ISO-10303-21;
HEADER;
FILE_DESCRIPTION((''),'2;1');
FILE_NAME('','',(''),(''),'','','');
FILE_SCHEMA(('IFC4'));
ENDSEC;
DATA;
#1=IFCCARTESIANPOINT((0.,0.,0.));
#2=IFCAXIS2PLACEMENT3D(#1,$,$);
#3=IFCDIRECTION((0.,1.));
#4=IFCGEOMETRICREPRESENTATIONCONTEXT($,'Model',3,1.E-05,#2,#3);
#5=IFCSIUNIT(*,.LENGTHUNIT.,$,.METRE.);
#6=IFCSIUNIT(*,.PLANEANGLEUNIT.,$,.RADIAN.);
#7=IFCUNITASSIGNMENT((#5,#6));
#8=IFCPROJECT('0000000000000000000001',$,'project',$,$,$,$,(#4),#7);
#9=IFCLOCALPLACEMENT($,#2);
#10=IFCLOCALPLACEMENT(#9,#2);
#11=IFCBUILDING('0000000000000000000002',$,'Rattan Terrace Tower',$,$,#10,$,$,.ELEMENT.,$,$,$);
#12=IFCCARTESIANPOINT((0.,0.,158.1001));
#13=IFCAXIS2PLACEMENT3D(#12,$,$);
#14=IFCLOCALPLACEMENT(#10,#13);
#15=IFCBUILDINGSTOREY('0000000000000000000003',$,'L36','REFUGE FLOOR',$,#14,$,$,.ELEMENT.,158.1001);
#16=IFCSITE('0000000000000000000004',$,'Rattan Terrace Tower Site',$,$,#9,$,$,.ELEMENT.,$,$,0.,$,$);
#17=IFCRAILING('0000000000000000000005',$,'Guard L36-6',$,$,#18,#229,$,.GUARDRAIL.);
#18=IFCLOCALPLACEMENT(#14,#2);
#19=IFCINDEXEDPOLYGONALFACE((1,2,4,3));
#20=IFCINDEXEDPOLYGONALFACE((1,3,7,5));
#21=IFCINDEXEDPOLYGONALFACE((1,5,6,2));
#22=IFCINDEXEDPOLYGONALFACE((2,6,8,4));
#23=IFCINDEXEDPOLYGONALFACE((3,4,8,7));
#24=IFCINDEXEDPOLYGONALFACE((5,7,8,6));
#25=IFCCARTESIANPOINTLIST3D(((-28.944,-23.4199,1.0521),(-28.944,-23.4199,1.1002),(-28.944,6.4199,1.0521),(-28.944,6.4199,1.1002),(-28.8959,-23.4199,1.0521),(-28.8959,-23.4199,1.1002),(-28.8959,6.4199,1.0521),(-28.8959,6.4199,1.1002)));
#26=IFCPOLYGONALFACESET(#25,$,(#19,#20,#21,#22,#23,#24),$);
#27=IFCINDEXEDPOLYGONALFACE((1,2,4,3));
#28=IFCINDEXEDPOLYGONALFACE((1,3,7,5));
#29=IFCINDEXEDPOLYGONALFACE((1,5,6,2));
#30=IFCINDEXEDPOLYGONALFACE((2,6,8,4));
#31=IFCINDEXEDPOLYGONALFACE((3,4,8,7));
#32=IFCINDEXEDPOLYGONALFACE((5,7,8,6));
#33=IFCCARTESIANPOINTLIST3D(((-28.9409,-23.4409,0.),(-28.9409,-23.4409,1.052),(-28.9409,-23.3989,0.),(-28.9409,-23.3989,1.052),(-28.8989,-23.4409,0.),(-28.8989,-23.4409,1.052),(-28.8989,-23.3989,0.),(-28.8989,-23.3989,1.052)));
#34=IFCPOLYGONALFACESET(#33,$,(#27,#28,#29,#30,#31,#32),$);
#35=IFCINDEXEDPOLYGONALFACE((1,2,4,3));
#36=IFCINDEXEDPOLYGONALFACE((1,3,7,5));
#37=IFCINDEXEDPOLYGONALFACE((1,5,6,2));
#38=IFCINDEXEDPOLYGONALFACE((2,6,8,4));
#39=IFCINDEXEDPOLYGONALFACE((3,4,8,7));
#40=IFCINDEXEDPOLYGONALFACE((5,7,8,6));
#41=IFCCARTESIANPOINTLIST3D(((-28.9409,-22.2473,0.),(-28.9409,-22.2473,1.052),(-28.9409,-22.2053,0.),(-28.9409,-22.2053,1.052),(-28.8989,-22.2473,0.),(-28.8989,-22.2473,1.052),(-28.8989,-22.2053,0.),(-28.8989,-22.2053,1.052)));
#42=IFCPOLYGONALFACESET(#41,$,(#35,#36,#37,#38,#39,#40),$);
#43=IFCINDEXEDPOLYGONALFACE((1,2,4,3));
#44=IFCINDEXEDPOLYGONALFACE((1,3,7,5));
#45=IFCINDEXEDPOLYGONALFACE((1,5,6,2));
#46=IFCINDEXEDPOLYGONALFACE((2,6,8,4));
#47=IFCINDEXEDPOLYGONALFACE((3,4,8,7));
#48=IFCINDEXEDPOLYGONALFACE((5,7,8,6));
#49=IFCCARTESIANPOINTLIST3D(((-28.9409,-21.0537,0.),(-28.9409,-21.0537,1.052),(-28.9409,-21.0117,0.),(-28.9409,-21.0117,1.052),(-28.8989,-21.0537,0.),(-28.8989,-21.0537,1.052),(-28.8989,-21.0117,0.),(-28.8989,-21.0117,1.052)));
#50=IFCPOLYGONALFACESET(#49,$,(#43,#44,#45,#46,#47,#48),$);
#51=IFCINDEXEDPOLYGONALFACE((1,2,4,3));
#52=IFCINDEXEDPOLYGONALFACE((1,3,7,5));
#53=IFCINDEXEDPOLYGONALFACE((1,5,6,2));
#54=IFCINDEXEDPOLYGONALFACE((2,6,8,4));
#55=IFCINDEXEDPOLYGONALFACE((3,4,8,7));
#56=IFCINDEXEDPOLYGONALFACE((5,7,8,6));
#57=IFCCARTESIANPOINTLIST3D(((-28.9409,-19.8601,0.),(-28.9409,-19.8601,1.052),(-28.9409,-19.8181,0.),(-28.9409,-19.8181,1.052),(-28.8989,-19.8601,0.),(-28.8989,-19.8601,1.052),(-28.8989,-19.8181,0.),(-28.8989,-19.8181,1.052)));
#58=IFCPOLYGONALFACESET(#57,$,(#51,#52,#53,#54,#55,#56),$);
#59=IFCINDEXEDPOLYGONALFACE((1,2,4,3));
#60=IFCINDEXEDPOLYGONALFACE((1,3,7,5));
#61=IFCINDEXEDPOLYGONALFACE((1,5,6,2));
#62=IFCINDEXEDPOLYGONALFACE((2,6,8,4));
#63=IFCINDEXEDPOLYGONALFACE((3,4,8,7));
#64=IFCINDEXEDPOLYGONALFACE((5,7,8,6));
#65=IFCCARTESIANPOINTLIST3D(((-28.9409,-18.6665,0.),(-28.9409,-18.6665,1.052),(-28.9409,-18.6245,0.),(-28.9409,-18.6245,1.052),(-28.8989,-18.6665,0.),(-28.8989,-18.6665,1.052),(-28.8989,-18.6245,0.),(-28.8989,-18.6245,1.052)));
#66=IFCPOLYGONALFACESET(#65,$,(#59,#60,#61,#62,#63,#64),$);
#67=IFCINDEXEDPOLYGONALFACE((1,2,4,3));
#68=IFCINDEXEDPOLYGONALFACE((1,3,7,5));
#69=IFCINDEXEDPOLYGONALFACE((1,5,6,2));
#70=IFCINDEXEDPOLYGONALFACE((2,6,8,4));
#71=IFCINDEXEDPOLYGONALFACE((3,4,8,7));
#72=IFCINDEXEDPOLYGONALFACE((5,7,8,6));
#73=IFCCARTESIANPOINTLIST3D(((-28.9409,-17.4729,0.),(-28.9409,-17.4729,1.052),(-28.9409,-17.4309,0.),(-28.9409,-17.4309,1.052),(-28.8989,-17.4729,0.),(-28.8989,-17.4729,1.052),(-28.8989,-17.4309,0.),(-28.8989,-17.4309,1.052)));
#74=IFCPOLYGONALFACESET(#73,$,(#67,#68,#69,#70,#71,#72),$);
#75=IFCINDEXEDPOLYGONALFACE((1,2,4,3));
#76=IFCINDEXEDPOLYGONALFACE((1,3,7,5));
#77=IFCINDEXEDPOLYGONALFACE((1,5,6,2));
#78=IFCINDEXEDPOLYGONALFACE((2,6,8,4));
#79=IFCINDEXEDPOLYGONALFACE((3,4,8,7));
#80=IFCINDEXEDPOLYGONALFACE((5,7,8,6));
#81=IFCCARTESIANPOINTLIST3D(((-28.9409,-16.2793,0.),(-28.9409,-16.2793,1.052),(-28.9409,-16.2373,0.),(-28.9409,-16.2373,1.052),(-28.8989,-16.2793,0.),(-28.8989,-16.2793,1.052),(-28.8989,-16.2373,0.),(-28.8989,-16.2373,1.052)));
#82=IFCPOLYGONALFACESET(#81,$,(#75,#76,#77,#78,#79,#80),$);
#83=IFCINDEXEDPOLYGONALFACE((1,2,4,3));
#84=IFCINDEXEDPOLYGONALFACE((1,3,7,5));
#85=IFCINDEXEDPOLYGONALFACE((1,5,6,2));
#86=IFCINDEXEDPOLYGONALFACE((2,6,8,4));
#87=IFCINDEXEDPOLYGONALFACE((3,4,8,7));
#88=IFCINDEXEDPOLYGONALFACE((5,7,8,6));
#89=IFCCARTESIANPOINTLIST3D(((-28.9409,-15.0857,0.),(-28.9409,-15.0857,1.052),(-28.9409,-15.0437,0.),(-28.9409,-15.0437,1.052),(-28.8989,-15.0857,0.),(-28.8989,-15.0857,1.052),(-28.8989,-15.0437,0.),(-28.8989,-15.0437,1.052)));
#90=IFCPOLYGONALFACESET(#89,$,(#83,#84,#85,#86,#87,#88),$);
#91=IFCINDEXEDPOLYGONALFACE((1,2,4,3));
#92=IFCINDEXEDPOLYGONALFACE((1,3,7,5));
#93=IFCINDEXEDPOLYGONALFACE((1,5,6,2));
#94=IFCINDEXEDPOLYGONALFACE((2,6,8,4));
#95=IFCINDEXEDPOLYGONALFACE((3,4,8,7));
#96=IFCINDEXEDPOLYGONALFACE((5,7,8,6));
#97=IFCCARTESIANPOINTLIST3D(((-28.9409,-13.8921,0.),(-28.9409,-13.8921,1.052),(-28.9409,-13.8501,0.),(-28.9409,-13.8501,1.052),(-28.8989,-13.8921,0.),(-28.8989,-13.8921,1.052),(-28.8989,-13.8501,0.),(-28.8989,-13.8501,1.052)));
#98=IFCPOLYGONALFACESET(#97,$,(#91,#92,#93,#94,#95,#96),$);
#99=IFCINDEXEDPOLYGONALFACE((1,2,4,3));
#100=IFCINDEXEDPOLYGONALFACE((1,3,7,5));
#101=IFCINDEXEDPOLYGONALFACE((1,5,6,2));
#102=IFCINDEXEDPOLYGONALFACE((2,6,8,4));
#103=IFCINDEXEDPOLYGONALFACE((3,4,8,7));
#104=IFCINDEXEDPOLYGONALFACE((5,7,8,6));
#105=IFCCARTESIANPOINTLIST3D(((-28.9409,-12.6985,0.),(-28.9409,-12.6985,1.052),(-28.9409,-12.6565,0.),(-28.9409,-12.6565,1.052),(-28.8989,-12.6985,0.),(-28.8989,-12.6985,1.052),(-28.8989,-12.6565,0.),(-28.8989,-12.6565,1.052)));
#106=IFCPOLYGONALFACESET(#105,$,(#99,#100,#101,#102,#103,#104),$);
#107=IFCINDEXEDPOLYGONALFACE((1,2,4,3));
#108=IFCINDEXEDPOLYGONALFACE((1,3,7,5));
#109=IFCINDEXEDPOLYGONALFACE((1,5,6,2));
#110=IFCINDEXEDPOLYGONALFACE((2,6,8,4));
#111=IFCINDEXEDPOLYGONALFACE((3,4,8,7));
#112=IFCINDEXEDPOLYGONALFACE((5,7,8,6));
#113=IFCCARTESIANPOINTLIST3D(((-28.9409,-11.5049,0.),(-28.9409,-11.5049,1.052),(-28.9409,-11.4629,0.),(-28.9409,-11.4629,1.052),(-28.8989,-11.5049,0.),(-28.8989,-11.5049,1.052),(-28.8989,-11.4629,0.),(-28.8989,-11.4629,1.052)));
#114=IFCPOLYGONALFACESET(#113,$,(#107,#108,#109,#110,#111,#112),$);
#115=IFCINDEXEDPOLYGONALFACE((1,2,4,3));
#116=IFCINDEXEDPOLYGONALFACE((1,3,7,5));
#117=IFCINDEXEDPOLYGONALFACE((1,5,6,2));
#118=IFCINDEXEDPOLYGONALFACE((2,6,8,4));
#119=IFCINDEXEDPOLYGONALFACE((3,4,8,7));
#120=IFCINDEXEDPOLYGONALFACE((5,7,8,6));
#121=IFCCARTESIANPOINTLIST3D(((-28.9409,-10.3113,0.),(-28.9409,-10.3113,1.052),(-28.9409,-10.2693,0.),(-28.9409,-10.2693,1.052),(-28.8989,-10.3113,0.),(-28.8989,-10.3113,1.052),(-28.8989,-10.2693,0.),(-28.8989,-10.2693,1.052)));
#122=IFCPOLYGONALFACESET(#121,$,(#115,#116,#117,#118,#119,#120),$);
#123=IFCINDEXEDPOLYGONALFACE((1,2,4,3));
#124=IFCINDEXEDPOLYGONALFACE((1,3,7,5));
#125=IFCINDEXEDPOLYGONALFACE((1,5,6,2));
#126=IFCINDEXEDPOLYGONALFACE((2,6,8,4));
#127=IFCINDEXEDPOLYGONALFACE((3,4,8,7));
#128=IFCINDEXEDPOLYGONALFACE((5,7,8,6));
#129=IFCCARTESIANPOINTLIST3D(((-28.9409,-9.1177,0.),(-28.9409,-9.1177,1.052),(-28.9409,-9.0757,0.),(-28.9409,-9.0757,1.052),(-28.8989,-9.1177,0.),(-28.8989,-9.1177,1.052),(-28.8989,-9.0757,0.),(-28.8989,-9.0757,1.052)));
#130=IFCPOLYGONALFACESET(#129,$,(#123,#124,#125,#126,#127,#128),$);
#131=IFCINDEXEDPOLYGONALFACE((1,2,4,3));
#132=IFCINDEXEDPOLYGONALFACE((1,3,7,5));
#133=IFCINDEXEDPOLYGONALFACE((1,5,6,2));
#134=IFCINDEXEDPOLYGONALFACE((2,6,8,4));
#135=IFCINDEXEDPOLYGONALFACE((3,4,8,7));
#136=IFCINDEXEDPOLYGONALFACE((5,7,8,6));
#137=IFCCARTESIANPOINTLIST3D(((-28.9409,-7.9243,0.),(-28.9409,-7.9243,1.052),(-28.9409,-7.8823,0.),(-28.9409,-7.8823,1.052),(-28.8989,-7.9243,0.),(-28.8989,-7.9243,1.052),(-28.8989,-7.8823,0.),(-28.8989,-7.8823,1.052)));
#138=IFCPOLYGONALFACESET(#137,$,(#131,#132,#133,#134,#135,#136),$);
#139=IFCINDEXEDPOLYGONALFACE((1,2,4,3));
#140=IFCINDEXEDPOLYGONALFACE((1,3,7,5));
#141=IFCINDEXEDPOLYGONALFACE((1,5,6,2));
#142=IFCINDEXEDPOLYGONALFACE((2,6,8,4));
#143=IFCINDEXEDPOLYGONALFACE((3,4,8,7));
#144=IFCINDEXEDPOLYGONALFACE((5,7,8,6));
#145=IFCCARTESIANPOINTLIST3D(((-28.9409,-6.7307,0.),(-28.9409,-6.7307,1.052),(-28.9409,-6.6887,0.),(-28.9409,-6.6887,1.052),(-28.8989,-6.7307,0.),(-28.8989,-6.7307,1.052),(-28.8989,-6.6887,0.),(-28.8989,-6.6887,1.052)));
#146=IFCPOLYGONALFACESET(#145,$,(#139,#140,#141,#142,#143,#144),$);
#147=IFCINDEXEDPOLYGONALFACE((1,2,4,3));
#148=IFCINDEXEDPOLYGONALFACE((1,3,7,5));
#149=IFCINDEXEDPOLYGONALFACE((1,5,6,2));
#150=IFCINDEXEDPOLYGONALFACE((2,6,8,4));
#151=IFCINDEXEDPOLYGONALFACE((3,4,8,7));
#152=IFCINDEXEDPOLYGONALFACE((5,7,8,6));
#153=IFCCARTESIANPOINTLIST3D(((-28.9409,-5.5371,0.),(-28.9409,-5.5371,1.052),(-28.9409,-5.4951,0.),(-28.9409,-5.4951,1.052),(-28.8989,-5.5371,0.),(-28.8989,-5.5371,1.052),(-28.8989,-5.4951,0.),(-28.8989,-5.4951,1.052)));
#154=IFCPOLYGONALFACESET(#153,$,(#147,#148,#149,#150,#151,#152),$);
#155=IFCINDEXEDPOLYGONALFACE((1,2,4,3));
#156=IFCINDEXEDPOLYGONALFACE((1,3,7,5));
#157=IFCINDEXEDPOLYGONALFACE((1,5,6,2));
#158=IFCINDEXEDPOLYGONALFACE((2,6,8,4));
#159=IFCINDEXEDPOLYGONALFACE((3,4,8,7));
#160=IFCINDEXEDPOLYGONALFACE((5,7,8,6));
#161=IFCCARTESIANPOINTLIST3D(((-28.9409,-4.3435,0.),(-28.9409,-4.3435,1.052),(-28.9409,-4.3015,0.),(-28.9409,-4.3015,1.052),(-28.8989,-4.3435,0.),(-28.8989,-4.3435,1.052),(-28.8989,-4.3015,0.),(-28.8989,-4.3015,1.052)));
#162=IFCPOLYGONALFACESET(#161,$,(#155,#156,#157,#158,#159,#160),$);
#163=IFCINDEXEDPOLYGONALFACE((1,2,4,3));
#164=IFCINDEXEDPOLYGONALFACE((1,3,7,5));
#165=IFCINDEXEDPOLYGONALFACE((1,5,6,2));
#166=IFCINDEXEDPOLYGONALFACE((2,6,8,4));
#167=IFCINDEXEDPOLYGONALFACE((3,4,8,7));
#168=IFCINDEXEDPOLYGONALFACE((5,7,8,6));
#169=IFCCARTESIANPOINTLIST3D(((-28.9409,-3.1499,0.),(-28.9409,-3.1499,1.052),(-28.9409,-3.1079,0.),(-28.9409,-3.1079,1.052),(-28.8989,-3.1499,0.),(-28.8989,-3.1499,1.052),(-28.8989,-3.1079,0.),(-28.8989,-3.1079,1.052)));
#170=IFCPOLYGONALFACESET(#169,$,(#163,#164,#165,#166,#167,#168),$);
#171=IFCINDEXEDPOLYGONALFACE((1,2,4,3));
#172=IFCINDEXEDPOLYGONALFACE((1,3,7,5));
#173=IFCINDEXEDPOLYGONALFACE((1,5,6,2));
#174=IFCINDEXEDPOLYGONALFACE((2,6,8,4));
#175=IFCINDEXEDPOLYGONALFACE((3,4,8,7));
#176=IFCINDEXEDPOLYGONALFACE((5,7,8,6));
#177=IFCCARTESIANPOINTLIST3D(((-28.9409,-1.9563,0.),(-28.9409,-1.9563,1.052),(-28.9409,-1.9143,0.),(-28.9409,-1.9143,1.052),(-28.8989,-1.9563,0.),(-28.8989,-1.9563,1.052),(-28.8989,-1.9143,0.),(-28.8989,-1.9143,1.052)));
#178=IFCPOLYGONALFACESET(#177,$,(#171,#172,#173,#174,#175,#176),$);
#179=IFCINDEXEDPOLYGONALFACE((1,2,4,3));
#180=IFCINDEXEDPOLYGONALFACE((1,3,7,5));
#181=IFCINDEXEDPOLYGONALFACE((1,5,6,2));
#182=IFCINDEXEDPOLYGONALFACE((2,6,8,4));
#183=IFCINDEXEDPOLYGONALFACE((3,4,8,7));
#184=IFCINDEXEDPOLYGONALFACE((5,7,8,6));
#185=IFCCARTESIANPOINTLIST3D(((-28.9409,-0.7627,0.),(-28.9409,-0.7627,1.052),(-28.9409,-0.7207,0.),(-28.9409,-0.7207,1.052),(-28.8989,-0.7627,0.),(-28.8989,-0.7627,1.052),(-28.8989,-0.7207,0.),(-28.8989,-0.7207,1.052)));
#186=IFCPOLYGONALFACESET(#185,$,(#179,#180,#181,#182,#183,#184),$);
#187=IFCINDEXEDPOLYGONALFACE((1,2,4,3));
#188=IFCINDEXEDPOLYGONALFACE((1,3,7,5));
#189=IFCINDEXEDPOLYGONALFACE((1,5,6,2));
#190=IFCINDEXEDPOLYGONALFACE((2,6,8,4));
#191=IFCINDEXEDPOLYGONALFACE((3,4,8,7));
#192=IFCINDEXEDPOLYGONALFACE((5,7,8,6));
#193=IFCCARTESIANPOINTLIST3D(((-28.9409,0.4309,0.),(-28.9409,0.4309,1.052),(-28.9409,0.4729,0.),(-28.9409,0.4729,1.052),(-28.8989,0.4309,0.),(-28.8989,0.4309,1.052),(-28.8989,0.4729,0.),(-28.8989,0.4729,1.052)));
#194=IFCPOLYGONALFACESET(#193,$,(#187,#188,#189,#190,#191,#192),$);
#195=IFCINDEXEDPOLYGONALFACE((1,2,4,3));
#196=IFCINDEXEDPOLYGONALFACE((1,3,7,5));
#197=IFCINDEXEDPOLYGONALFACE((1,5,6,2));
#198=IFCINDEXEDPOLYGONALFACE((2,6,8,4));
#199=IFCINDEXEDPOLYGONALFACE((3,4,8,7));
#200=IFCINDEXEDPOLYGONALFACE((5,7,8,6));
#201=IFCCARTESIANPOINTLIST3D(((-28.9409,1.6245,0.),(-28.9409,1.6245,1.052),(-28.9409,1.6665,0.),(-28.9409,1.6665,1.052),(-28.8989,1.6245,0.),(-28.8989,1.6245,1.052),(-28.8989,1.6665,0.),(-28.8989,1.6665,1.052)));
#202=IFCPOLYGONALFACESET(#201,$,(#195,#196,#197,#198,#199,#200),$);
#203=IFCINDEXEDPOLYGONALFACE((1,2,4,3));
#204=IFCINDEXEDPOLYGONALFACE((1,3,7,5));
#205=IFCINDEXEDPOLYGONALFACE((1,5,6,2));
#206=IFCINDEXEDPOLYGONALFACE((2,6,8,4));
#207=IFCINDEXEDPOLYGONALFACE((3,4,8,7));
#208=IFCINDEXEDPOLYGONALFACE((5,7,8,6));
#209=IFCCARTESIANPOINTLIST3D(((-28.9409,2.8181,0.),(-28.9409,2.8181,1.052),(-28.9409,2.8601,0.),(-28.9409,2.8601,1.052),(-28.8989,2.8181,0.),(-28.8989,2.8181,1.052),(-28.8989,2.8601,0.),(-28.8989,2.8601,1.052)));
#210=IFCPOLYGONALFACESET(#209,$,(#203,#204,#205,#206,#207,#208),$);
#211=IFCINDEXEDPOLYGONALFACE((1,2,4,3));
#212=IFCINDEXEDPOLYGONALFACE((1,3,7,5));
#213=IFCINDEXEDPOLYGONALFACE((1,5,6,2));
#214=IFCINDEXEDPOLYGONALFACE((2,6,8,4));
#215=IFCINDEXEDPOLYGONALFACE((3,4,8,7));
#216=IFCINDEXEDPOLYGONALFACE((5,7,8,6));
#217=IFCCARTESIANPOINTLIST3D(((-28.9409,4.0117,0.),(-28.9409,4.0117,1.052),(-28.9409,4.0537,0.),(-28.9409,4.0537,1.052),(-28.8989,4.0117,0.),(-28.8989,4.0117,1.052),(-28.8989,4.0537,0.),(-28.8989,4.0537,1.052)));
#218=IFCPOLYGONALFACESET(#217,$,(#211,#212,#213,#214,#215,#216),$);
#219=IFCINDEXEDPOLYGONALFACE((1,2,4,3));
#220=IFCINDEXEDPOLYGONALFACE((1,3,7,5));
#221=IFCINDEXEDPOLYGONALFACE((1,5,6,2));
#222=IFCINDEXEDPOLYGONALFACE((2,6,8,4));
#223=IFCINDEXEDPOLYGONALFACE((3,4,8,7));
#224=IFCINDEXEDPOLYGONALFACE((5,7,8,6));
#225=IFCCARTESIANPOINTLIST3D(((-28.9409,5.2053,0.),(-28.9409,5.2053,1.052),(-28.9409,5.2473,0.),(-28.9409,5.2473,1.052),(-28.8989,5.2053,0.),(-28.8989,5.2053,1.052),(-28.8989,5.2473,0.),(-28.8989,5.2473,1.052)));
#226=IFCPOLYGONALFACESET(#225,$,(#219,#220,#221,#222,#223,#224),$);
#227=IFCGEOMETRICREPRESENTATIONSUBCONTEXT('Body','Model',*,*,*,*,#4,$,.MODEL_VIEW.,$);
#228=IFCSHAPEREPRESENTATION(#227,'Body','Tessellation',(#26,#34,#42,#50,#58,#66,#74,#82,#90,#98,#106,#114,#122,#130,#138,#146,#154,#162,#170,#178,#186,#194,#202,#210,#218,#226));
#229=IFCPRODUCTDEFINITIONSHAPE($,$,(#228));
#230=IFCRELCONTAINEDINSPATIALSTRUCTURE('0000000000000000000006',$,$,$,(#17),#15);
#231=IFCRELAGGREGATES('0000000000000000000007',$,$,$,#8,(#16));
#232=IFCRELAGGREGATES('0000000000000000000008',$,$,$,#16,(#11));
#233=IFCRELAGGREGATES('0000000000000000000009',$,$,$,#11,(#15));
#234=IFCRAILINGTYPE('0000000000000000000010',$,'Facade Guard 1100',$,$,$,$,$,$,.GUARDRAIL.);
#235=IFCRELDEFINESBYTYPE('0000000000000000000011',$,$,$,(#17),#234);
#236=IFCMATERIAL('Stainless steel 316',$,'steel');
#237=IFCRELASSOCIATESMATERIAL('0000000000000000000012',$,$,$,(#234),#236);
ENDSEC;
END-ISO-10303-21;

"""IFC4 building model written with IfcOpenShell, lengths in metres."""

from ifc_helpers import new_model, si_unit, direction, frame, origin, origin_2d, place, context, subcontext, project, spatial, rectangle, extrude, material, type_object, element, save


model = new_model("IFC4")

# Units and contexts
model_context = context("Model", 3, precision=1e-05, world=origin(), true_north=direction((0.0, 1.0)))
body_context = subcontext(model_context, "Body", "Model", "MODEL_VIEW")
ifc_project = project(units=[si_unit("LENGTHUNIT", "METRE"), si_unit("PLANEANGLEUNIT", "RADIAN")], contexts=[model_context])

# Site, building, storey
site_placement = place(None, origin())
site = spatial("IfcSite", under=ifc_project, at=site_placement, Name="Rattan Terrace Tower Site", CompositionType="ELEMENT", RefElevation=0.0)
building_placement = place(site_placement, origin())
building = spatial("IfcBuilding", under=site, at=building_placement, Name="Rattan Terrace Tower", CompositionType="ELEMENT")
storey_placement = place(building_placement, frame((0.0, 0.0, 158.1001)))
storey = spatial("IfcBuildingStorey", under=building, at=storey_placement, Name="L36", Description="REFUGE FLOOR", CompositionType="ELEMENT", Elevation=158.1001)

# Railing
ifc_material_1 = material(Name="Stainless steel 316", Category="steel")
railing_type = type_object("IfcRailingType", Name="Facade Guard 1100", PredefinedType="GUARDRAIL", material=ifc_material_1)
railing_1_placement = place(storey_placement, frame((-28.9199, -23.4199, 0.0)))
element("IfcRailing", 1, at=railing_1_placement, inside=storey, type_object=railing_type, Name="Guard L36-6", PredefinedType="GUARDRAIL", context=body_context, shape_type="SweptSolid", body=[
    extrude(rectangle(XDim=0.0481, YDim=0.0481, at=origin_2d()), frame((0.0, 0.0, 1.0762), z_axis=(0.0, 1.0, 0.0), x_axis=(-1.0, 0.0, 0.0)), (0.0, 0.0, 1.0), 29.8398),
    extrude(rectangle(XDim=0.042, YDim=0.042, at=origin_2d()), origin(), (0.0, 0.0, 1.0), 1.052),
    extrude(rectangle(XDim=0.042, YDim=0.042, at=origin_2d()), frame((0.0, 1.1936, 0.0)), (0.0, 0.0, 1.0), 1.052),
    extrude(rectangle(XDim=0.042, YDim=0.042, at=origin_2d()), frame((0.0, 2.3872, 0.0)), (0.0, 0.0, 1.0), 1.052),
    extrude(rectangle(XDim=0.042, YDim=0.042, at=origin_2d()), frame((0.0, 3.5808, 0.0)), (0.0, 0.0, 1.0), 1.052),
    extrude(rectangle(XDim=0.042, YDim=0.042, at=origin_2d()), frame((0.0, 4.7744, 0.0)), (0.0, 0.0, 1.0), 1.052),
    extrude(rectangle(XDim=0.042, YDim=0.042, at=origin_2d()), frame((0.0, 5.968, 0.0)), (0.0, 0.0, 1.0), 1.052),
    extrude(rectangle(XDim=0.042, YDim=0.042, at=origin_2d()), frame((0.0, 7.1616, 0.0)), (0.0, 0.0, 1.0), 1.052),
    extrude(rectangle(XDim=0.042, YDim=0.042, at=origin_2d()), frame((0.0, 8.3552, 0.0)), (0.0, 0.0, 1.0), 1.052),
    extrude(rectangle(XDim=0.042, YDim=0.042, at=origin_2d()), frame((0.0, 9.5488, 0.0)), (0.0, 0.0, 1.0), 1.052),
    extrude(rectangle(XDim=0.042, YDim=0.042, at=origin_2d()), frame((0.0, 10.7424, 0.0)), (0.0, 0.0, 1.0), 1.052),
    extrude(rectangle(XDim=0.042, YDim=0.042, at=origin_2d()), frame((0.0, 11.936, 0.0)), (0.0, 0.0, 1.0), 1.052),
    extrude(rectangle(XDim=0.042, YDim=0.042, at=origin_2d()), frame((0.0, 13.1296, 0.0)), (0.0, 0.0, 1.0), 1.052),
    extrude(rectangle(XDim=0.042, YDim=0.042, at=origin_2d()), frame((0.0, 14.3232, 0.0)), (0.0, 0.0, 1.0), 1.052),
    extrude(rectangle(XDim=0.042, YDim=0.042, at=origin_2d()), frame((0.0, 15.5166, 0.0)), (0.0, 0.0, 1.0), 1.052),
    extrude(rectangle(XDim=0.042, YDim=0.042, at=origin_2d()), frame((0.0, 16.7102, 0.0)), (0.0, 0.0, 1.0), 1.052),
    extrude(rectangle(XDim=0.042, YDim=0.042, at=origin_2d()), frame((0.0, 17.9038, 0.0)), (0.0, 0.0, 1.0), 1.052),
    extrude(rectangle(XDim=0.042, YDim=0.042, at=origin_2d()), frame((0.0, 19.0974, 0.0)), (0.0, 0.0, 1.0), 1.052),
    extrude(rectangle(XDim=0.042, YDim=0.042, at=origin_2d()), frame((0.0, 20.291, 0.0)), (0.0, 0.0, 1.0), 1.052),
    extrude(rectangle(XDim=0.042, YDim=0.042, at=origin_2d()), frame((0.0, 21.4846, 0.0)), (0.0, 0.0, 1.0), 1.052),
    extrude(rectangle(XDim=0.042, YDim=0.042, at=origin_2d()), frame((0.0, 22.6782, 0.0)), (0.0, 0.0, 1.0), 1.052),
    extrude(rectangle(XDim=0.042, YDim=0.042, at=origin_2d()), frame((0.0, 23.8718, 0.0)), (0.0, 0.0, 1.0), 1.052),
    extrude(rectangle(XDim=0.042, YDim=0.042, at=origin_2d()), frame((0.0, 25.0654, 0.0)), (0.0, 0.0, 1.0), 1.052),
    extrude(rectangle(XDim=0.042, YDim=0.042, at=origin_2d()), frame((0.0, 26.259, 0.0)), (0.0, 0.0, 1.0), 1.052),
    extrude(rectangle(XDim=0.042, YDim=0.042, at=origin_2d()), frame((0.0, 27.4526, 0.0)), (0.0, 0.0, 1.0), 1.052),
    extrude(rectangle(XDim=0.042, YDim=0.042, at=origin_2d()), frame((0.0, 28.6462, 0.0)), (0.0, 0.0, 1.0), 1.052),
])

save(model, "model.ifc")
